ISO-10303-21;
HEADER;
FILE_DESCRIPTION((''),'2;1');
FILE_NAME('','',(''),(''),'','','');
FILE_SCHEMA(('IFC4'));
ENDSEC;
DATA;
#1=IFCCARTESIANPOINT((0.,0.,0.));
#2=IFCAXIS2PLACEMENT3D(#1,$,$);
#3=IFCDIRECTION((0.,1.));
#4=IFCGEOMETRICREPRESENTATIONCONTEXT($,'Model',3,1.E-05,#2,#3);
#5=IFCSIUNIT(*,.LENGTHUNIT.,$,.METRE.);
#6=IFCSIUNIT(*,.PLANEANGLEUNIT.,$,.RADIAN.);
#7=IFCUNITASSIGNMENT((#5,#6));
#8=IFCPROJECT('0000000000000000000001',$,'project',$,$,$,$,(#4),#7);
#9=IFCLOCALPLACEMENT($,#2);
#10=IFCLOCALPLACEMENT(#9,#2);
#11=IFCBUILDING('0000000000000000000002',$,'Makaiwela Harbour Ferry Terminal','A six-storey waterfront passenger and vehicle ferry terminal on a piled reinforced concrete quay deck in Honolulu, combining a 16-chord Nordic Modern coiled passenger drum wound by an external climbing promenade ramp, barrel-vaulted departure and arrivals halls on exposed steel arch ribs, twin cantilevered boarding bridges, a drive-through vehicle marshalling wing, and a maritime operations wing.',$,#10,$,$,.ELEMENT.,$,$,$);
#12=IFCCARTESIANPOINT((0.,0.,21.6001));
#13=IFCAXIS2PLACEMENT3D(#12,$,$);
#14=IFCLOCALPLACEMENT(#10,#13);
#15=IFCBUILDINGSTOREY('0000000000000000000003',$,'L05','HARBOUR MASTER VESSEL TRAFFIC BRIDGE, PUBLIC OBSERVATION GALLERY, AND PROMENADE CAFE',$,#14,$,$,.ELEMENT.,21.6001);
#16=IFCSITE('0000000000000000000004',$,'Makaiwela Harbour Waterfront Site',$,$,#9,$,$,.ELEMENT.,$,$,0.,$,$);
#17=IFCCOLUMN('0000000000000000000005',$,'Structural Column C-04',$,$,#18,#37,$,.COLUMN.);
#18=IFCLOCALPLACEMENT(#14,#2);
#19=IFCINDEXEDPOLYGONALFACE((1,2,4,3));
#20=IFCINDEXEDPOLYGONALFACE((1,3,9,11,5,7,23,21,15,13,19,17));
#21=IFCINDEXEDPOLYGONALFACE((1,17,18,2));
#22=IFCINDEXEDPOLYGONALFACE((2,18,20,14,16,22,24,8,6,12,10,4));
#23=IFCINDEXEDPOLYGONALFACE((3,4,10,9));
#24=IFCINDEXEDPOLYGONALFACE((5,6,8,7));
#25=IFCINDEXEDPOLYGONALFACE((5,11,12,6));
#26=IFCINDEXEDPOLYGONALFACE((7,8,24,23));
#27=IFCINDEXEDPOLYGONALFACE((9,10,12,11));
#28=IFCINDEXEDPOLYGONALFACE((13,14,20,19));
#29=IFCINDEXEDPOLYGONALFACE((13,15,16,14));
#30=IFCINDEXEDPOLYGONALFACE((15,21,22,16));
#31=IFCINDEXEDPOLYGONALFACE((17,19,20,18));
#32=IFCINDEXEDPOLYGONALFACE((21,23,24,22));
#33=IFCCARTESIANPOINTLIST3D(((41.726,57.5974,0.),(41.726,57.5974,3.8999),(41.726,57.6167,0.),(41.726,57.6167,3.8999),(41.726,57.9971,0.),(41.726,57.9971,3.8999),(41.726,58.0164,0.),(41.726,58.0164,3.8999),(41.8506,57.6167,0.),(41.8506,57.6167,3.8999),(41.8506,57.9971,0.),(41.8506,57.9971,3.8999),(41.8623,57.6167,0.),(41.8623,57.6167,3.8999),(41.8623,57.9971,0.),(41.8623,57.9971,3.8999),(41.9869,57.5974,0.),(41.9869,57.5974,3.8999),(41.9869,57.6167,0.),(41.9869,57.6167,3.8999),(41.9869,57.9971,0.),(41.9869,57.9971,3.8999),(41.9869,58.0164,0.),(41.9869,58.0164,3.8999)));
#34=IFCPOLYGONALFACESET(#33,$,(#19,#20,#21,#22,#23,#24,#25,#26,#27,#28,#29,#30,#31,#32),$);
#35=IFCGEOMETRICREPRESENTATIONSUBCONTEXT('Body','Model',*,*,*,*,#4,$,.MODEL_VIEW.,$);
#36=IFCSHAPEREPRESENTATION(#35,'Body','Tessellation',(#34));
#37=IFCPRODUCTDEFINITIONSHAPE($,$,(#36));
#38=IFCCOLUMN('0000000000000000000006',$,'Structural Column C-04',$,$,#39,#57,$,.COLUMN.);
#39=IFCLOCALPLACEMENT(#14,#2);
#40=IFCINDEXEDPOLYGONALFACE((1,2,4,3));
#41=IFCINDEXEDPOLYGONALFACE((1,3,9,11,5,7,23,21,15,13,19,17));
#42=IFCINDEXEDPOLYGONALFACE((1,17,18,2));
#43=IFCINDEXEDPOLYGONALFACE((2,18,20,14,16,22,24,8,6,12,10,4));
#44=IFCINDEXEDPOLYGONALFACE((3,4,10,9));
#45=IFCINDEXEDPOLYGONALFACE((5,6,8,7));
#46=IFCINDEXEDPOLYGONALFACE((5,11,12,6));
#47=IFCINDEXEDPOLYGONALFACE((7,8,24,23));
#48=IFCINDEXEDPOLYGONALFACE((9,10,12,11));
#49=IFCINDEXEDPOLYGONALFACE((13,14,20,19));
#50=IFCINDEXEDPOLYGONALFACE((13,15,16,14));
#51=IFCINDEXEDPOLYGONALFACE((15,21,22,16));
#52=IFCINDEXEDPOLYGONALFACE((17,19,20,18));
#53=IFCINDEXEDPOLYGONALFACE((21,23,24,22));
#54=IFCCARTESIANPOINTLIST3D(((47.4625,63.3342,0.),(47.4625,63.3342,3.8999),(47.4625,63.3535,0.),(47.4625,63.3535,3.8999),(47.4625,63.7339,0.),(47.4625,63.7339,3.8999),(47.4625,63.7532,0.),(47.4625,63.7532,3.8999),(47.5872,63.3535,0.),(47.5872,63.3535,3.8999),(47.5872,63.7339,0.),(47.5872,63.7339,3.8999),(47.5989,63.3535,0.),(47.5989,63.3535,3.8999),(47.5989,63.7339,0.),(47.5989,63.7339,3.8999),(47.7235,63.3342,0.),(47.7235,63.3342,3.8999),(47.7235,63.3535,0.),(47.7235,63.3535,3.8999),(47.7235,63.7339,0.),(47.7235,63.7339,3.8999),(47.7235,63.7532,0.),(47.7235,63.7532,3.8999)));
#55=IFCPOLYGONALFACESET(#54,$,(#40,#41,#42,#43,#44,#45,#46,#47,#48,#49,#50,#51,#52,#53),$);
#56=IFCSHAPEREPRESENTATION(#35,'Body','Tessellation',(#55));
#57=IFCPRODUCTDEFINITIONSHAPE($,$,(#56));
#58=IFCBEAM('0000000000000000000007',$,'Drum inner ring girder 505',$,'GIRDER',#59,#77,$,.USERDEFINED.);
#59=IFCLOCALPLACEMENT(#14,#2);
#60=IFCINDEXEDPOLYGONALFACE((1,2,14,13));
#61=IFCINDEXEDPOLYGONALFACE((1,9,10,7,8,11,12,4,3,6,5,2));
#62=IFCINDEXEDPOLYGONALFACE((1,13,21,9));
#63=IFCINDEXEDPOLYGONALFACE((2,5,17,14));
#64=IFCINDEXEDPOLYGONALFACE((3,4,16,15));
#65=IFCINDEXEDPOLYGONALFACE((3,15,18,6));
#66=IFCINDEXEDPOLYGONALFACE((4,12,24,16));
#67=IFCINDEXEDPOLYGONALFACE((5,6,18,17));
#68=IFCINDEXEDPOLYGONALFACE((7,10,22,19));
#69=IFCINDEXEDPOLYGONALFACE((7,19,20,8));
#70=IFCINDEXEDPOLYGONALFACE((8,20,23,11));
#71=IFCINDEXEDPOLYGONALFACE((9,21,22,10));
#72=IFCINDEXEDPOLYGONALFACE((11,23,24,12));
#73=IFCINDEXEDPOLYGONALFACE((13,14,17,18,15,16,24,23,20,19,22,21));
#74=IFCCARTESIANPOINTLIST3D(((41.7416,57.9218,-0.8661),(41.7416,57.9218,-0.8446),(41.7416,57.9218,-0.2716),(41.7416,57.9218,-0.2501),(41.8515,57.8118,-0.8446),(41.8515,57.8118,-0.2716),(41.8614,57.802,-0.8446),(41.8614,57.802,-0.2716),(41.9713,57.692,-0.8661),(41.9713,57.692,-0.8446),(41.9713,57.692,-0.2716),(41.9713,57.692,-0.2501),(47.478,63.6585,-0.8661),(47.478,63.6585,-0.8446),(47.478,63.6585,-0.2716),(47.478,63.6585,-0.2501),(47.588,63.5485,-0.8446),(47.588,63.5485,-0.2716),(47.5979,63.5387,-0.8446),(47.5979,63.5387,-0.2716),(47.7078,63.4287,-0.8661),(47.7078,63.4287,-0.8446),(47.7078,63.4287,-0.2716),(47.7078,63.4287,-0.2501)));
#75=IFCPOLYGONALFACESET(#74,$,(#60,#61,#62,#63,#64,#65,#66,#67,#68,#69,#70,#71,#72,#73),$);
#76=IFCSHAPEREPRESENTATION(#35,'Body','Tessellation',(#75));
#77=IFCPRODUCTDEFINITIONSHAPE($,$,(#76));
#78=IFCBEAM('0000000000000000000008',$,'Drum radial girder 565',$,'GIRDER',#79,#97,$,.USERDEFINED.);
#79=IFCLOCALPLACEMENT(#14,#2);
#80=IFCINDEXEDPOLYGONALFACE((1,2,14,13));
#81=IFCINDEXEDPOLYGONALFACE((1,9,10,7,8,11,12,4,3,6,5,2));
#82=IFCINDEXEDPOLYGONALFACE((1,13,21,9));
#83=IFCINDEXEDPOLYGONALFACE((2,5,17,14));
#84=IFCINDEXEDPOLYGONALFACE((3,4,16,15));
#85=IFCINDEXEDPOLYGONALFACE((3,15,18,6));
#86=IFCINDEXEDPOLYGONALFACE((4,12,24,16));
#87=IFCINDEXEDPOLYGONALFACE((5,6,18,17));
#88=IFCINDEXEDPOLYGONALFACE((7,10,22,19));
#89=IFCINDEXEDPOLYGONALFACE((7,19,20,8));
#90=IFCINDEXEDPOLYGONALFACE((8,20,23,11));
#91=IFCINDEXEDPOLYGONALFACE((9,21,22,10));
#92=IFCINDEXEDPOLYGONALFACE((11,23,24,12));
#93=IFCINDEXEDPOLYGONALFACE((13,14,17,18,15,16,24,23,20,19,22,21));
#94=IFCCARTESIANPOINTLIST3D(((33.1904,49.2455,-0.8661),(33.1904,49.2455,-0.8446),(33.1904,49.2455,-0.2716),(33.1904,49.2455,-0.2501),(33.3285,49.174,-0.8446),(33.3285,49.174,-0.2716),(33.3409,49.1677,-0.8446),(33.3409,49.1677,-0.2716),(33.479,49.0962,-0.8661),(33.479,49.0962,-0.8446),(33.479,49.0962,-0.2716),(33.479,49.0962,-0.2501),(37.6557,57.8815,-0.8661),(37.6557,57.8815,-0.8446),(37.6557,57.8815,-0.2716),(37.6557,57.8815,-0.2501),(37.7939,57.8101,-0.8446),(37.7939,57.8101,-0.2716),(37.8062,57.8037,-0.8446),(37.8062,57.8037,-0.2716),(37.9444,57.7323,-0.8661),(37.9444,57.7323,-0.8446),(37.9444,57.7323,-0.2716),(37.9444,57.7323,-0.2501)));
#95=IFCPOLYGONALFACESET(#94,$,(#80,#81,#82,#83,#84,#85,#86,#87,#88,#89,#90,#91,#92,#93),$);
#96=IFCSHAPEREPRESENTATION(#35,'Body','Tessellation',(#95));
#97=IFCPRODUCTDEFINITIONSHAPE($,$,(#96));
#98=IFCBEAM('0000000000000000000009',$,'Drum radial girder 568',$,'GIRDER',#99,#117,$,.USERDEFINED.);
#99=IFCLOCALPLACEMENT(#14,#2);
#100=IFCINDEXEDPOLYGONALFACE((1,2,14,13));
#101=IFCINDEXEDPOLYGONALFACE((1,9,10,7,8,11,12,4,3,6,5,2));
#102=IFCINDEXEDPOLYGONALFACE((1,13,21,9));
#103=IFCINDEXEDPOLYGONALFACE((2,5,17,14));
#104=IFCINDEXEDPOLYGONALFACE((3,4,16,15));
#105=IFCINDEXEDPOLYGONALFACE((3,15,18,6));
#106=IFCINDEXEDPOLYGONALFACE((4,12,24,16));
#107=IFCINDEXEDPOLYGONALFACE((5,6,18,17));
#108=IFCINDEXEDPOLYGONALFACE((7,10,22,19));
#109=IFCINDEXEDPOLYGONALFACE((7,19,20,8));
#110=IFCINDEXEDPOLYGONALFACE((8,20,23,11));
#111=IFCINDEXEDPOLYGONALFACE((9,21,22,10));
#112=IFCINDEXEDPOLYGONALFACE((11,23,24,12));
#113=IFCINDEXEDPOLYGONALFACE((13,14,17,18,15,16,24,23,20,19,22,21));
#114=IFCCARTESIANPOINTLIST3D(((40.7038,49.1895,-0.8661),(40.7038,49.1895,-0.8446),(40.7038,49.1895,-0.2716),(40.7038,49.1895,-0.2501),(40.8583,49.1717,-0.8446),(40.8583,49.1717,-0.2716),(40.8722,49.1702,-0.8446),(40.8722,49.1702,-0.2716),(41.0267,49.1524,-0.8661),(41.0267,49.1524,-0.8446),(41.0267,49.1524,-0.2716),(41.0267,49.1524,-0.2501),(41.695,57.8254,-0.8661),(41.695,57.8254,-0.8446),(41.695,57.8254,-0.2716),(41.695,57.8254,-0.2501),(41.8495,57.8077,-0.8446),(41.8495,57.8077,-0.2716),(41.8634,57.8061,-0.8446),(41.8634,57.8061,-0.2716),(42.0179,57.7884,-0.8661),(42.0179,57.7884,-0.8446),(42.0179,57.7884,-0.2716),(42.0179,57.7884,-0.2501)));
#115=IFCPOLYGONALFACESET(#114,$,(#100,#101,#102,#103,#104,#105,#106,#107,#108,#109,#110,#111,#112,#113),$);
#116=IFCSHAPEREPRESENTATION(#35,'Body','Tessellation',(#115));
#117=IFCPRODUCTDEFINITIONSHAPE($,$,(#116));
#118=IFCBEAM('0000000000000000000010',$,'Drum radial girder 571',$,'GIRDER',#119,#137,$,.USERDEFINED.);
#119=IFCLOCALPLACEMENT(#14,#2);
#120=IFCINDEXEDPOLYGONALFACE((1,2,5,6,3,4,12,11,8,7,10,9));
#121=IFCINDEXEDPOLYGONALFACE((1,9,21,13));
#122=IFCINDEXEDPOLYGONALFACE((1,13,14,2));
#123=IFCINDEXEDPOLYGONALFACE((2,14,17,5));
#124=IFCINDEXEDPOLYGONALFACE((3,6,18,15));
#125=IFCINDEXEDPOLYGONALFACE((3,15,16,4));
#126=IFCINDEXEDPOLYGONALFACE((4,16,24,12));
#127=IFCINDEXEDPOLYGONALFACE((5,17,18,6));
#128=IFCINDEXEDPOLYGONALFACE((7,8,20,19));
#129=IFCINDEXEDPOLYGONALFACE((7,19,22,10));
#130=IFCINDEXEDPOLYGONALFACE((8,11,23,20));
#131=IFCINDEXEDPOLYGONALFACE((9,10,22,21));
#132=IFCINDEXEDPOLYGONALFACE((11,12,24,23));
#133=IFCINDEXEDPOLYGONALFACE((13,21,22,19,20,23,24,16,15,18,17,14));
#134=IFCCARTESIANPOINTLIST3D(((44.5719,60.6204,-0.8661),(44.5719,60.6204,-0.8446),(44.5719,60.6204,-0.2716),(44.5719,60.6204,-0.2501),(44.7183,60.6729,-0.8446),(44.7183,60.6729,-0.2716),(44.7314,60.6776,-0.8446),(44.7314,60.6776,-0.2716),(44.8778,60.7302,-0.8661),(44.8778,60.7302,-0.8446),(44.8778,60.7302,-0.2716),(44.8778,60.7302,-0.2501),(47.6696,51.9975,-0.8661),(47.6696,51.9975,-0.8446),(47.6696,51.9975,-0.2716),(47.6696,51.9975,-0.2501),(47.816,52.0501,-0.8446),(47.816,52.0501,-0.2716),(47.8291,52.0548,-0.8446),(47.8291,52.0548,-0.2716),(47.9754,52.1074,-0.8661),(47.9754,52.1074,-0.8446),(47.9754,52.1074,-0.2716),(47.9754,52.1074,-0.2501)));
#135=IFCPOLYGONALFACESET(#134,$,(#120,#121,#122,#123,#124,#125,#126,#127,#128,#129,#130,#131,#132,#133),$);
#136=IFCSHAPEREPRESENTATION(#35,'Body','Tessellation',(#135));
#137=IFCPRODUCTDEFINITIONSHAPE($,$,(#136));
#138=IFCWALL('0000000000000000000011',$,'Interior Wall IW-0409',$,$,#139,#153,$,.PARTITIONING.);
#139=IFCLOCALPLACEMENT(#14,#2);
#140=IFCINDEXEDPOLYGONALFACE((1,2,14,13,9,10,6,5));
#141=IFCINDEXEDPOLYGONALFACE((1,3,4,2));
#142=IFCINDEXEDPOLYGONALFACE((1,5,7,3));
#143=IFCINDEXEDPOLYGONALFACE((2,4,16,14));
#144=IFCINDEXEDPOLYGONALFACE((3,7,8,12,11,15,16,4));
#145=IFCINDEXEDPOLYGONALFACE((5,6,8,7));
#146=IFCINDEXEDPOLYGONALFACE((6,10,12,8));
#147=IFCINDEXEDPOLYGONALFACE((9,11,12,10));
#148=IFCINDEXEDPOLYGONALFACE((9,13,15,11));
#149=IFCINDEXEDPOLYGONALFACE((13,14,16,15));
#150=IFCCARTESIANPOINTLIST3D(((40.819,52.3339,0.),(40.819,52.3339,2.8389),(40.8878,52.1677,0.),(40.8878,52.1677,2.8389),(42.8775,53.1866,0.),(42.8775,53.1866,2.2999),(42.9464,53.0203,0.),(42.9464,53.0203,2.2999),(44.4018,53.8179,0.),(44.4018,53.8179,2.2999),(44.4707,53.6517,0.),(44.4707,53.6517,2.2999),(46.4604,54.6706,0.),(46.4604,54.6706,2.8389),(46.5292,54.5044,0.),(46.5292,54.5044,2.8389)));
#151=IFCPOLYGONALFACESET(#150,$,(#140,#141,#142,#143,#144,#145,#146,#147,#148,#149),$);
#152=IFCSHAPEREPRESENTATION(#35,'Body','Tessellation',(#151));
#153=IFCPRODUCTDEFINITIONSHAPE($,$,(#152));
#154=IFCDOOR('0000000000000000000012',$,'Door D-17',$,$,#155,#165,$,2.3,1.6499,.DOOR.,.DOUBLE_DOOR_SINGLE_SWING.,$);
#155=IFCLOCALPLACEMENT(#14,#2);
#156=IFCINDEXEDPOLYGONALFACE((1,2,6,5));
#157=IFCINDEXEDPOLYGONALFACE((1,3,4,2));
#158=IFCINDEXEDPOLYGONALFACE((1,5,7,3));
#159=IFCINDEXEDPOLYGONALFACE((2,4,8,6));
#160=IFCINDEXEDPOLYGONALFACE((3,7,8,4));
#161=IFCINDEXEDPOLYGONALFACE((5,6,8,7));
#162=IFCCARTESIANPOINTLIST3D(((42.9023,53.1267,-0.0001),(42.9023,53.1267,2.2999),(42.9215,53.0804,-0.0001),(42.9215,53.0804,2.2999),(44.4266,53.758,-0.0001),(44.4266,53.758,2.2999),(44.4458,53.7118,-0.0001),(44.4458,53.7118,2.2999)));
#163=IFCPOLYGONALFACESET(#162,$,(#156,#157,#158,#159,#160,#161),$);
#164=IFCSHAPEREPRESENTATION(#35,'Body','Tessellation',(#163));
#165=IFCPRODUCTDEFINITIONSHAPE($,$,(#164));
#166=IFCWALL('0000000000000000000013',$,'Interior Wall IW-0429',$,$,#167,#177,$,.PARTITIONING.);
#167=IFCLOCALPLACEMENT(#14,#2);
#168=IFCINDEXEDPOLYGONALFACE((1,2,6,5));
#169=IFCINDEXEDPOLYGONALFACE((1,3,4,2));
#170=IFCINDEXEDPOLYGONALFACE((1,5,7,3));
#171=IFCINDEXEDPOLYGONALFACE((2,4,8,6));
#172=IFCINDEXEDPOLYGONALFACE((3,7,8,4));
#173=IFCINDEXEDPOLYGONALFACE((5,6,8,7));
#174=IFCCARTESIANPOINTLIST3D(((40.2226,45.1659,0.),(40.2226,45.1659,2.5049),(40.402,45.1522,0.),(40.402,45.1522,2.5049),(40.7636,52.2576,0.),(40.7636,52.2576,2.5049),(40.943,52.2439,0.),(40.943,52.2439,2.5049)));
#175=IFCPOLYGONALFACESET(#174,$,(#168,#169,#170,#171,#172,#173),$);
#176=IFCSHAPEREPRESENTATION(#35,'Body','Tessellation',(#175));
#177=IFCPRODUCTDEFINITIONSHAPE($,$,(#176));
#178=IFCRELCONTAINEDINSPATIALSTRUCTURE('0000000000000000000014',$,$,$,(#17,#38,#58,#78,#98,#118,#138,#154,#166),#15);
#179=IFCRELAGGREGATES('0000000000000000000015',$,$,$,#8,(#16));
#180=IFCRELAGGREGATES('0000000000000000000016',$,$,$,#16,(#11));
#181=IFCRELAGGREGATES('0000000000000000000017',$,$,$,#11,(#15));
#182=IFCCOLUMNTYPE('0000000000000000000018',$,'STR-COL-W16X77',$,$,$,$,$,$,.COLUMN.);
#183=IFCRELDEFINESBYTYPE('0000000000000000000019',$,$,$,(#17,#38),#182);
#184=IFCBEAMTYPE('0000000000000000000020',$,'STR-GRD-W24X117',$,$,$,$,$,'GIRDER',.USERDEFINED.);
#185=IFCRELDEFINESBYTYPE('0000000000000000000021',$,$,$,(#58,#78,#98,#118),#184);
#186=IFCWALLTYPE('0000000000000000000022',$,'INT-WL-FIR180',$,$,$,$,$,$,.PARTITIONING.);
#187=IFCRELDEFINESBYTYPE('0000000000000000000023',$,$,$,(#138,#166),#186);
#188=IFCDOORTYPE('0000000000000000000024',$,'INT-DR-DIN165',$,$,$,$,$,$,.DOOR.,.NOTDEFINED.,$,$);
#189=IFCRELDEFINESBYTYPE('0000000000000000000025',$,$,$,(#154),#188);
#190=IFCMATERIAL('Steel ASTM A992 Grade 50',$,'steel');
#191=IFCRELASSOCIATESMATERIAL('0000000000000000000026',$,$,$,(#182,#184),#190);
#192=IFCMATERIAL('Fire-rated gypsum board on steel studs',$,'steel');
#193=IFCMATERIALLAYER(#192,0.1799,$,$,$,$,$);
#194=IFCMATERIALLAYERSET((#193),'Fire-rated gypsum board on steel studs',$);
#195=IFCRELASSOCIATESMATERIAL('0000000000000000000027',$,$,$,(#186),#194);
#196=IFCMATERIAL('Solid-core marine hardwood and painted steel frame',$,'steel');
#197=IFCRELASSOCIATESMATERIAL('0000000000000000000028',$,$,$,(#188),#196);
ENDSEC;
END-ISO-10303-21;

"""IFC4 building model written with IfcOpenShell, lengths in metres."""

from ifc_helpers import new_model, si_unit, direction, frame, frame_2d, origin, origin_2d, place, context, subcontext, project, spatial, rectangle, i_section, extrude, material, layer, layer_set, material_profile, profile_set, type_object, element, fill, save


model = new_model("IFC4")

# Units and contexts
model_context = context("Model", 3, precision=1e-05, world=origin(), true_north=direction((0.0, 1.0)))
body_context = subcontext(model_context, "Body", "Model", "MODEL_VIEW")
ifc_project = project(units=[si_unit("LENGTHUNIT", "METRE"), si_unit("PLANEANGLEUNIT", "RADIAN")], contexts=[model_context])

# Site, building, storey
site_placement = place(None, origin())
site = spatial("IfcSite", under=ifc_project, at=site_placement, Name="Makaiwela Harbour Waterfront Site", CompositionType="ELEMENT", RefElevation=0.0)
building_placement = place(site_placement, origin())
building = spatial("IfcBuilding", under=site, at=building_placement, Name="Makaiwela Harbour Ferry Terminal", Description="A six-storey waterfront passenger and vehicle ferry terminal on a piled reinforced concrete quay deck in Honolulu, combining a 16-chord Nordic Modern coiled passenger drum wound by an external climbing promenade ramp, barrel-vaulted departure and arrivals halls on exposed steel arch ribs, twin cantilevered boarding bridges, a drive-through vehicle marshalling wing, and a maritime operations wing.", CompositionType="ELEMENT")
storey_placement = place(building_placement, frame((0.0, 0.0, 21.6001)))
storey = spatial("IfcBuildingStorey", under=building, at=storey_placement, Name="L05", Description="HARBOUR MASTER VESSEL TRAFFIC BRIDGE, PUBLIC OBSERVATION GALLERY, AND PROMENADE CAFE", CompositionType="ELEMENT", Elevation=21.6001)

# Columns
ifc_material_1 = material(Name="Steel ASTM A992 Grade 50", Category="steel")
ifc_material_profile_1 = material_profile(ifc_material_1, i_section(OverallWidth=0.261, OverallDepth=0.4189, WebThickness=0.0117, FlangeThickness=0.0193, at=origin_2d()), Name="W16X77")
ifc_profile_set_1 = profile_set([ifc_material_profile_1], Name="Steel ASTM A992 Grade 50")
column_type = type_object("IfcColumnType", Name="STR-COL-W16X77", PredefinedType="COLUMN", material=ifc_profile_set_1)
for number, where, z_axis, x_axis, name in (
    (1, (41.8564, 57.8069, 0.0), (0.0, 0.0, 1.0), (1.0, 0.0, 0.0), "Structural Column C-04"),
    (2, (47.593, 63.5437, 0.0), (0.0, 0.0, 1.0), (1.0, 0.0, 0.0), "Structural Column C-04"),
):
    element("IfcColumn", number, at=place(storey_placement, frame(where, z_axis=z_axis, x_axis=x_axis)), inside=storey, type_object=column_type, Name=name, PredefinedType="COLUMN", context=body_context, shape_type="SweptSolid", body=[
        extrude(i_section(OverallWidth=0.261, OverallDepth=0.4189, WebThickness=0.0117, FlangeThickness=0.0193, at=origin_2d()), origin(), (0.0, 0.0, 1.0), 3.8999),
    ])

# Beams
ifc_material_profile_2 = material_profile(ifc_material_1, i_section(OverallWidth=0.325, OverallDepth=0.616, WebThickness=0.0139, FlangeThickness=0.0215, at=origin_2d()), Name="W24X117")
ifc_profile_set_2 = profile_set([ifc_material_profile_2], Name="Steel ASTM A992 Grade 50")
beam_type = type_object("IfcBeamType", Name="STR-GRD-W24X117", ElementType="GIRDER", PredefinedType="USERDEFINED", material=ifc_profile_set_2)
beam_1_placement = place(storey_placement, frame((41.8564, 57.8069, -0.5581), z_axis=(0.707092, 0.707122, 0.0), x_axis=(-0.707122, 0.707092, 0.0)))
element("IfcBeam", 3, at=beam_1_placement, inside=storey, type_object=beam_type, Name="Drum inner ring girder 505", ObjectType="GIRDER", PredefinedType="USERDEFINED", context=body_context, shape_type="SweptSolid", body=[
    extrude(i_section(OverallWidth=0.325, OverallDepth=0.616, WebThickness=0.0139, FlangeThickness=0.0215, at=origin_2d()), origin(), (0.0, 0.0, 1.0), 8.1128),
])
beam_2_placement = place(storey_placement, frame((37.8, 57.8069, -0.5581), z_axis=(-0.459297, -0.888283, 0.0), x_axis=(0.888283, -0.459297, 0.0)))
element("IfcBeam", 4, at=beam_2_placement, inside=storey, type_object=beam_type, Name="Drum radial girder 565", ObjectType="GIRDER", PredefinedType="USERDEFINED", context=body_context, shape_type="SweptSolid", body=[
    extrude(i_section(OverallWidth=0.325, OverallDepth=0.616, WebThickness=0.0139, FlangeThickness=0.0215, at=origin_2d()), origin(), (0.0, 0.0, 1.0), 9.7222),
])
beam_3_placement = place(storey_placement, frame((41.8564, 57.8069, -0.5581), z_axis=(-0.114028, -0.993478, 0.0), x_axis=(0.993478, -0.114028, 0.0)))
element("IfcBeam", 5, at=beam_3_placement, inside=storey, type_object=beam_type, Name="Drum radial girder 568", ObjectType="GIRDER", PredefinedType="USERDEFINED", context=body_context, shape_type="SweptSolid", body=[
    extrude(i_section(OverallWidth=0.325, OverallDepth=0.616, WebThickness=0.0139, FlangeThickness=0.0215, at=origin_2d()), origin(), (0.0, 0.0, 1.0), 8.6926),
])
beam_4_placement = place(storey_placement, frame((44.7249, 60.6753, -0.5581), z_axis=(0.338086, -0.941115, 0.0), x_axis=(0.941115, 0.338086, 0.0)))
element("IfcBeam", 6, at=beam_4_placement, inside=storey, type_object=beam_type, Name="Drum radial girder 571", ObjectType="GIRDER", PredefinedType="USERDEFINED", context=body_context, shape_type="SweptSolid", body=[
    extrude(i_section(OverallWidth=0.325, OverallDepth=0.616, WebThickness=0.0139, FlangeThickness=0.0215, at=origin_2d()), origin(), (0.0, 0.0, 1.0), 9.1624),
])

# Wall, opening, door
ifc_material_2 = material(Name="Fire-rated gypsum board on steel studs", Category="steel")
ifc_material_3 = material(Name="Solid-core marine hardwood and painted steel frame", Category="steel")
ifc_layer_1 = layer(ifc_material_2, 0.1799)
ifc_layer_set_1 = layer_set([ifc_layer_1], Name="Fire-rated gypsum board on steel studs")
wall_type_1 = type_object("IfcWallType", Name="INT-WL-FIR180", PredefinedType="PARTITIONING", material=ifc_layer_set_1)
wall_1_placement = place(storey_placement, frame((40.8533, 52.2507, 0.0), z_axis=(0.0, 0.0, 1.0), x_axis=(0.923883, 0.382675, 0.0)))
wall_1 = element("IfcWall", 7, at=wall_1_placement, inside=storey, type_object=wall_type_1, Name="Interior Wall IW-0409", PredefinedType="PARTITIONING", context=body_context, shape_type="SweptSolid", body=[
    extrude(rectangle(XDim=6.1062, YDim=0.1799, at=frame_2d((3.0532, 0.0))), origin(), (0.0, 0.0, 1.0), 2.8389),
])
opening_1_placement = place(wall_1_placement, frame((2.2283, 0.0, 0.0)))
opening_1 = element("IfcOpeningElement", 8, at=opening_1_placement, cuts=wall_1, PredefinedType="OPENING", context=body_context, shape_type="SweptSolid", body=[
    extrude(rectangle(XDim=1.6499, YDim=2.3, at=frame_2d((0.825, 1.1499))), frame((0.0, 0.0999, 0.0), z_axis=(0.0, -1.0, 0.0), x_axis=(1.0, 0.0, 0.0)), (0.0, 0.0, 1.0), 0.2),
])
door_type_1 = type_object("IfcDoorType", Name="INT-DR-DIN165", OperationType="NOTDEFINED", PredefinedType="DOOR", material=ifc_material_3)
door_1_placement = place(opening_1_placement, frame((1.6499, 0.0, 0.0), z_axis=(0.0, 0.0, 1.0), x_axis=(-1.0, 0.0, 0.0)))
door_1 = element("IfcDoor", 9, at=door_1_placement, inside=storey, type_object=door_type_1, Name="Door D-17", OperationType="DOUBLE_DOOR_SINGLE_SWING", OverallHeight=2.3, OverallWidth=1.6499, PredefinedType="DOOR", context=body_context, shape_type="SweptSolid", body=[
    extrude(rectangle(XDim=1.6499, YDim=2.3, at=frame_2d((0.825, 1.1499))), frame((0.0, 0.0249, 0.0), z_axis=(0.0, -1.0, 0.0), x_axis=(1.0, 0.0, 0.0)), (0.0, 0.0, 1.0), 0.05),
])
fill(opening_1, door_1)

# Wall
wall_2_placement = place(storey_placement, frame((40.8533, 52.2507, 0.0), z_axis=(0.0, 0.0, 1.0), x_axis=(-0.076066, -0.997103, 0.0)))
element("IfcWall", 10, at=wall_2_placement, inside=storey, type_object=wall_type_1, Name="Interior Wall IW-0429", PredefinedType="PARTITIONING", context=body_context, shape_type="SweptSolid", body=[
    extrude(rectangle(XDim=7.1123, YDim=0.1799, at=frame_2d((3.5562, 0.0))), origin(), (0.0, 0.0, 1.0), 2.5049),
])

save(model, "model.ifc")
